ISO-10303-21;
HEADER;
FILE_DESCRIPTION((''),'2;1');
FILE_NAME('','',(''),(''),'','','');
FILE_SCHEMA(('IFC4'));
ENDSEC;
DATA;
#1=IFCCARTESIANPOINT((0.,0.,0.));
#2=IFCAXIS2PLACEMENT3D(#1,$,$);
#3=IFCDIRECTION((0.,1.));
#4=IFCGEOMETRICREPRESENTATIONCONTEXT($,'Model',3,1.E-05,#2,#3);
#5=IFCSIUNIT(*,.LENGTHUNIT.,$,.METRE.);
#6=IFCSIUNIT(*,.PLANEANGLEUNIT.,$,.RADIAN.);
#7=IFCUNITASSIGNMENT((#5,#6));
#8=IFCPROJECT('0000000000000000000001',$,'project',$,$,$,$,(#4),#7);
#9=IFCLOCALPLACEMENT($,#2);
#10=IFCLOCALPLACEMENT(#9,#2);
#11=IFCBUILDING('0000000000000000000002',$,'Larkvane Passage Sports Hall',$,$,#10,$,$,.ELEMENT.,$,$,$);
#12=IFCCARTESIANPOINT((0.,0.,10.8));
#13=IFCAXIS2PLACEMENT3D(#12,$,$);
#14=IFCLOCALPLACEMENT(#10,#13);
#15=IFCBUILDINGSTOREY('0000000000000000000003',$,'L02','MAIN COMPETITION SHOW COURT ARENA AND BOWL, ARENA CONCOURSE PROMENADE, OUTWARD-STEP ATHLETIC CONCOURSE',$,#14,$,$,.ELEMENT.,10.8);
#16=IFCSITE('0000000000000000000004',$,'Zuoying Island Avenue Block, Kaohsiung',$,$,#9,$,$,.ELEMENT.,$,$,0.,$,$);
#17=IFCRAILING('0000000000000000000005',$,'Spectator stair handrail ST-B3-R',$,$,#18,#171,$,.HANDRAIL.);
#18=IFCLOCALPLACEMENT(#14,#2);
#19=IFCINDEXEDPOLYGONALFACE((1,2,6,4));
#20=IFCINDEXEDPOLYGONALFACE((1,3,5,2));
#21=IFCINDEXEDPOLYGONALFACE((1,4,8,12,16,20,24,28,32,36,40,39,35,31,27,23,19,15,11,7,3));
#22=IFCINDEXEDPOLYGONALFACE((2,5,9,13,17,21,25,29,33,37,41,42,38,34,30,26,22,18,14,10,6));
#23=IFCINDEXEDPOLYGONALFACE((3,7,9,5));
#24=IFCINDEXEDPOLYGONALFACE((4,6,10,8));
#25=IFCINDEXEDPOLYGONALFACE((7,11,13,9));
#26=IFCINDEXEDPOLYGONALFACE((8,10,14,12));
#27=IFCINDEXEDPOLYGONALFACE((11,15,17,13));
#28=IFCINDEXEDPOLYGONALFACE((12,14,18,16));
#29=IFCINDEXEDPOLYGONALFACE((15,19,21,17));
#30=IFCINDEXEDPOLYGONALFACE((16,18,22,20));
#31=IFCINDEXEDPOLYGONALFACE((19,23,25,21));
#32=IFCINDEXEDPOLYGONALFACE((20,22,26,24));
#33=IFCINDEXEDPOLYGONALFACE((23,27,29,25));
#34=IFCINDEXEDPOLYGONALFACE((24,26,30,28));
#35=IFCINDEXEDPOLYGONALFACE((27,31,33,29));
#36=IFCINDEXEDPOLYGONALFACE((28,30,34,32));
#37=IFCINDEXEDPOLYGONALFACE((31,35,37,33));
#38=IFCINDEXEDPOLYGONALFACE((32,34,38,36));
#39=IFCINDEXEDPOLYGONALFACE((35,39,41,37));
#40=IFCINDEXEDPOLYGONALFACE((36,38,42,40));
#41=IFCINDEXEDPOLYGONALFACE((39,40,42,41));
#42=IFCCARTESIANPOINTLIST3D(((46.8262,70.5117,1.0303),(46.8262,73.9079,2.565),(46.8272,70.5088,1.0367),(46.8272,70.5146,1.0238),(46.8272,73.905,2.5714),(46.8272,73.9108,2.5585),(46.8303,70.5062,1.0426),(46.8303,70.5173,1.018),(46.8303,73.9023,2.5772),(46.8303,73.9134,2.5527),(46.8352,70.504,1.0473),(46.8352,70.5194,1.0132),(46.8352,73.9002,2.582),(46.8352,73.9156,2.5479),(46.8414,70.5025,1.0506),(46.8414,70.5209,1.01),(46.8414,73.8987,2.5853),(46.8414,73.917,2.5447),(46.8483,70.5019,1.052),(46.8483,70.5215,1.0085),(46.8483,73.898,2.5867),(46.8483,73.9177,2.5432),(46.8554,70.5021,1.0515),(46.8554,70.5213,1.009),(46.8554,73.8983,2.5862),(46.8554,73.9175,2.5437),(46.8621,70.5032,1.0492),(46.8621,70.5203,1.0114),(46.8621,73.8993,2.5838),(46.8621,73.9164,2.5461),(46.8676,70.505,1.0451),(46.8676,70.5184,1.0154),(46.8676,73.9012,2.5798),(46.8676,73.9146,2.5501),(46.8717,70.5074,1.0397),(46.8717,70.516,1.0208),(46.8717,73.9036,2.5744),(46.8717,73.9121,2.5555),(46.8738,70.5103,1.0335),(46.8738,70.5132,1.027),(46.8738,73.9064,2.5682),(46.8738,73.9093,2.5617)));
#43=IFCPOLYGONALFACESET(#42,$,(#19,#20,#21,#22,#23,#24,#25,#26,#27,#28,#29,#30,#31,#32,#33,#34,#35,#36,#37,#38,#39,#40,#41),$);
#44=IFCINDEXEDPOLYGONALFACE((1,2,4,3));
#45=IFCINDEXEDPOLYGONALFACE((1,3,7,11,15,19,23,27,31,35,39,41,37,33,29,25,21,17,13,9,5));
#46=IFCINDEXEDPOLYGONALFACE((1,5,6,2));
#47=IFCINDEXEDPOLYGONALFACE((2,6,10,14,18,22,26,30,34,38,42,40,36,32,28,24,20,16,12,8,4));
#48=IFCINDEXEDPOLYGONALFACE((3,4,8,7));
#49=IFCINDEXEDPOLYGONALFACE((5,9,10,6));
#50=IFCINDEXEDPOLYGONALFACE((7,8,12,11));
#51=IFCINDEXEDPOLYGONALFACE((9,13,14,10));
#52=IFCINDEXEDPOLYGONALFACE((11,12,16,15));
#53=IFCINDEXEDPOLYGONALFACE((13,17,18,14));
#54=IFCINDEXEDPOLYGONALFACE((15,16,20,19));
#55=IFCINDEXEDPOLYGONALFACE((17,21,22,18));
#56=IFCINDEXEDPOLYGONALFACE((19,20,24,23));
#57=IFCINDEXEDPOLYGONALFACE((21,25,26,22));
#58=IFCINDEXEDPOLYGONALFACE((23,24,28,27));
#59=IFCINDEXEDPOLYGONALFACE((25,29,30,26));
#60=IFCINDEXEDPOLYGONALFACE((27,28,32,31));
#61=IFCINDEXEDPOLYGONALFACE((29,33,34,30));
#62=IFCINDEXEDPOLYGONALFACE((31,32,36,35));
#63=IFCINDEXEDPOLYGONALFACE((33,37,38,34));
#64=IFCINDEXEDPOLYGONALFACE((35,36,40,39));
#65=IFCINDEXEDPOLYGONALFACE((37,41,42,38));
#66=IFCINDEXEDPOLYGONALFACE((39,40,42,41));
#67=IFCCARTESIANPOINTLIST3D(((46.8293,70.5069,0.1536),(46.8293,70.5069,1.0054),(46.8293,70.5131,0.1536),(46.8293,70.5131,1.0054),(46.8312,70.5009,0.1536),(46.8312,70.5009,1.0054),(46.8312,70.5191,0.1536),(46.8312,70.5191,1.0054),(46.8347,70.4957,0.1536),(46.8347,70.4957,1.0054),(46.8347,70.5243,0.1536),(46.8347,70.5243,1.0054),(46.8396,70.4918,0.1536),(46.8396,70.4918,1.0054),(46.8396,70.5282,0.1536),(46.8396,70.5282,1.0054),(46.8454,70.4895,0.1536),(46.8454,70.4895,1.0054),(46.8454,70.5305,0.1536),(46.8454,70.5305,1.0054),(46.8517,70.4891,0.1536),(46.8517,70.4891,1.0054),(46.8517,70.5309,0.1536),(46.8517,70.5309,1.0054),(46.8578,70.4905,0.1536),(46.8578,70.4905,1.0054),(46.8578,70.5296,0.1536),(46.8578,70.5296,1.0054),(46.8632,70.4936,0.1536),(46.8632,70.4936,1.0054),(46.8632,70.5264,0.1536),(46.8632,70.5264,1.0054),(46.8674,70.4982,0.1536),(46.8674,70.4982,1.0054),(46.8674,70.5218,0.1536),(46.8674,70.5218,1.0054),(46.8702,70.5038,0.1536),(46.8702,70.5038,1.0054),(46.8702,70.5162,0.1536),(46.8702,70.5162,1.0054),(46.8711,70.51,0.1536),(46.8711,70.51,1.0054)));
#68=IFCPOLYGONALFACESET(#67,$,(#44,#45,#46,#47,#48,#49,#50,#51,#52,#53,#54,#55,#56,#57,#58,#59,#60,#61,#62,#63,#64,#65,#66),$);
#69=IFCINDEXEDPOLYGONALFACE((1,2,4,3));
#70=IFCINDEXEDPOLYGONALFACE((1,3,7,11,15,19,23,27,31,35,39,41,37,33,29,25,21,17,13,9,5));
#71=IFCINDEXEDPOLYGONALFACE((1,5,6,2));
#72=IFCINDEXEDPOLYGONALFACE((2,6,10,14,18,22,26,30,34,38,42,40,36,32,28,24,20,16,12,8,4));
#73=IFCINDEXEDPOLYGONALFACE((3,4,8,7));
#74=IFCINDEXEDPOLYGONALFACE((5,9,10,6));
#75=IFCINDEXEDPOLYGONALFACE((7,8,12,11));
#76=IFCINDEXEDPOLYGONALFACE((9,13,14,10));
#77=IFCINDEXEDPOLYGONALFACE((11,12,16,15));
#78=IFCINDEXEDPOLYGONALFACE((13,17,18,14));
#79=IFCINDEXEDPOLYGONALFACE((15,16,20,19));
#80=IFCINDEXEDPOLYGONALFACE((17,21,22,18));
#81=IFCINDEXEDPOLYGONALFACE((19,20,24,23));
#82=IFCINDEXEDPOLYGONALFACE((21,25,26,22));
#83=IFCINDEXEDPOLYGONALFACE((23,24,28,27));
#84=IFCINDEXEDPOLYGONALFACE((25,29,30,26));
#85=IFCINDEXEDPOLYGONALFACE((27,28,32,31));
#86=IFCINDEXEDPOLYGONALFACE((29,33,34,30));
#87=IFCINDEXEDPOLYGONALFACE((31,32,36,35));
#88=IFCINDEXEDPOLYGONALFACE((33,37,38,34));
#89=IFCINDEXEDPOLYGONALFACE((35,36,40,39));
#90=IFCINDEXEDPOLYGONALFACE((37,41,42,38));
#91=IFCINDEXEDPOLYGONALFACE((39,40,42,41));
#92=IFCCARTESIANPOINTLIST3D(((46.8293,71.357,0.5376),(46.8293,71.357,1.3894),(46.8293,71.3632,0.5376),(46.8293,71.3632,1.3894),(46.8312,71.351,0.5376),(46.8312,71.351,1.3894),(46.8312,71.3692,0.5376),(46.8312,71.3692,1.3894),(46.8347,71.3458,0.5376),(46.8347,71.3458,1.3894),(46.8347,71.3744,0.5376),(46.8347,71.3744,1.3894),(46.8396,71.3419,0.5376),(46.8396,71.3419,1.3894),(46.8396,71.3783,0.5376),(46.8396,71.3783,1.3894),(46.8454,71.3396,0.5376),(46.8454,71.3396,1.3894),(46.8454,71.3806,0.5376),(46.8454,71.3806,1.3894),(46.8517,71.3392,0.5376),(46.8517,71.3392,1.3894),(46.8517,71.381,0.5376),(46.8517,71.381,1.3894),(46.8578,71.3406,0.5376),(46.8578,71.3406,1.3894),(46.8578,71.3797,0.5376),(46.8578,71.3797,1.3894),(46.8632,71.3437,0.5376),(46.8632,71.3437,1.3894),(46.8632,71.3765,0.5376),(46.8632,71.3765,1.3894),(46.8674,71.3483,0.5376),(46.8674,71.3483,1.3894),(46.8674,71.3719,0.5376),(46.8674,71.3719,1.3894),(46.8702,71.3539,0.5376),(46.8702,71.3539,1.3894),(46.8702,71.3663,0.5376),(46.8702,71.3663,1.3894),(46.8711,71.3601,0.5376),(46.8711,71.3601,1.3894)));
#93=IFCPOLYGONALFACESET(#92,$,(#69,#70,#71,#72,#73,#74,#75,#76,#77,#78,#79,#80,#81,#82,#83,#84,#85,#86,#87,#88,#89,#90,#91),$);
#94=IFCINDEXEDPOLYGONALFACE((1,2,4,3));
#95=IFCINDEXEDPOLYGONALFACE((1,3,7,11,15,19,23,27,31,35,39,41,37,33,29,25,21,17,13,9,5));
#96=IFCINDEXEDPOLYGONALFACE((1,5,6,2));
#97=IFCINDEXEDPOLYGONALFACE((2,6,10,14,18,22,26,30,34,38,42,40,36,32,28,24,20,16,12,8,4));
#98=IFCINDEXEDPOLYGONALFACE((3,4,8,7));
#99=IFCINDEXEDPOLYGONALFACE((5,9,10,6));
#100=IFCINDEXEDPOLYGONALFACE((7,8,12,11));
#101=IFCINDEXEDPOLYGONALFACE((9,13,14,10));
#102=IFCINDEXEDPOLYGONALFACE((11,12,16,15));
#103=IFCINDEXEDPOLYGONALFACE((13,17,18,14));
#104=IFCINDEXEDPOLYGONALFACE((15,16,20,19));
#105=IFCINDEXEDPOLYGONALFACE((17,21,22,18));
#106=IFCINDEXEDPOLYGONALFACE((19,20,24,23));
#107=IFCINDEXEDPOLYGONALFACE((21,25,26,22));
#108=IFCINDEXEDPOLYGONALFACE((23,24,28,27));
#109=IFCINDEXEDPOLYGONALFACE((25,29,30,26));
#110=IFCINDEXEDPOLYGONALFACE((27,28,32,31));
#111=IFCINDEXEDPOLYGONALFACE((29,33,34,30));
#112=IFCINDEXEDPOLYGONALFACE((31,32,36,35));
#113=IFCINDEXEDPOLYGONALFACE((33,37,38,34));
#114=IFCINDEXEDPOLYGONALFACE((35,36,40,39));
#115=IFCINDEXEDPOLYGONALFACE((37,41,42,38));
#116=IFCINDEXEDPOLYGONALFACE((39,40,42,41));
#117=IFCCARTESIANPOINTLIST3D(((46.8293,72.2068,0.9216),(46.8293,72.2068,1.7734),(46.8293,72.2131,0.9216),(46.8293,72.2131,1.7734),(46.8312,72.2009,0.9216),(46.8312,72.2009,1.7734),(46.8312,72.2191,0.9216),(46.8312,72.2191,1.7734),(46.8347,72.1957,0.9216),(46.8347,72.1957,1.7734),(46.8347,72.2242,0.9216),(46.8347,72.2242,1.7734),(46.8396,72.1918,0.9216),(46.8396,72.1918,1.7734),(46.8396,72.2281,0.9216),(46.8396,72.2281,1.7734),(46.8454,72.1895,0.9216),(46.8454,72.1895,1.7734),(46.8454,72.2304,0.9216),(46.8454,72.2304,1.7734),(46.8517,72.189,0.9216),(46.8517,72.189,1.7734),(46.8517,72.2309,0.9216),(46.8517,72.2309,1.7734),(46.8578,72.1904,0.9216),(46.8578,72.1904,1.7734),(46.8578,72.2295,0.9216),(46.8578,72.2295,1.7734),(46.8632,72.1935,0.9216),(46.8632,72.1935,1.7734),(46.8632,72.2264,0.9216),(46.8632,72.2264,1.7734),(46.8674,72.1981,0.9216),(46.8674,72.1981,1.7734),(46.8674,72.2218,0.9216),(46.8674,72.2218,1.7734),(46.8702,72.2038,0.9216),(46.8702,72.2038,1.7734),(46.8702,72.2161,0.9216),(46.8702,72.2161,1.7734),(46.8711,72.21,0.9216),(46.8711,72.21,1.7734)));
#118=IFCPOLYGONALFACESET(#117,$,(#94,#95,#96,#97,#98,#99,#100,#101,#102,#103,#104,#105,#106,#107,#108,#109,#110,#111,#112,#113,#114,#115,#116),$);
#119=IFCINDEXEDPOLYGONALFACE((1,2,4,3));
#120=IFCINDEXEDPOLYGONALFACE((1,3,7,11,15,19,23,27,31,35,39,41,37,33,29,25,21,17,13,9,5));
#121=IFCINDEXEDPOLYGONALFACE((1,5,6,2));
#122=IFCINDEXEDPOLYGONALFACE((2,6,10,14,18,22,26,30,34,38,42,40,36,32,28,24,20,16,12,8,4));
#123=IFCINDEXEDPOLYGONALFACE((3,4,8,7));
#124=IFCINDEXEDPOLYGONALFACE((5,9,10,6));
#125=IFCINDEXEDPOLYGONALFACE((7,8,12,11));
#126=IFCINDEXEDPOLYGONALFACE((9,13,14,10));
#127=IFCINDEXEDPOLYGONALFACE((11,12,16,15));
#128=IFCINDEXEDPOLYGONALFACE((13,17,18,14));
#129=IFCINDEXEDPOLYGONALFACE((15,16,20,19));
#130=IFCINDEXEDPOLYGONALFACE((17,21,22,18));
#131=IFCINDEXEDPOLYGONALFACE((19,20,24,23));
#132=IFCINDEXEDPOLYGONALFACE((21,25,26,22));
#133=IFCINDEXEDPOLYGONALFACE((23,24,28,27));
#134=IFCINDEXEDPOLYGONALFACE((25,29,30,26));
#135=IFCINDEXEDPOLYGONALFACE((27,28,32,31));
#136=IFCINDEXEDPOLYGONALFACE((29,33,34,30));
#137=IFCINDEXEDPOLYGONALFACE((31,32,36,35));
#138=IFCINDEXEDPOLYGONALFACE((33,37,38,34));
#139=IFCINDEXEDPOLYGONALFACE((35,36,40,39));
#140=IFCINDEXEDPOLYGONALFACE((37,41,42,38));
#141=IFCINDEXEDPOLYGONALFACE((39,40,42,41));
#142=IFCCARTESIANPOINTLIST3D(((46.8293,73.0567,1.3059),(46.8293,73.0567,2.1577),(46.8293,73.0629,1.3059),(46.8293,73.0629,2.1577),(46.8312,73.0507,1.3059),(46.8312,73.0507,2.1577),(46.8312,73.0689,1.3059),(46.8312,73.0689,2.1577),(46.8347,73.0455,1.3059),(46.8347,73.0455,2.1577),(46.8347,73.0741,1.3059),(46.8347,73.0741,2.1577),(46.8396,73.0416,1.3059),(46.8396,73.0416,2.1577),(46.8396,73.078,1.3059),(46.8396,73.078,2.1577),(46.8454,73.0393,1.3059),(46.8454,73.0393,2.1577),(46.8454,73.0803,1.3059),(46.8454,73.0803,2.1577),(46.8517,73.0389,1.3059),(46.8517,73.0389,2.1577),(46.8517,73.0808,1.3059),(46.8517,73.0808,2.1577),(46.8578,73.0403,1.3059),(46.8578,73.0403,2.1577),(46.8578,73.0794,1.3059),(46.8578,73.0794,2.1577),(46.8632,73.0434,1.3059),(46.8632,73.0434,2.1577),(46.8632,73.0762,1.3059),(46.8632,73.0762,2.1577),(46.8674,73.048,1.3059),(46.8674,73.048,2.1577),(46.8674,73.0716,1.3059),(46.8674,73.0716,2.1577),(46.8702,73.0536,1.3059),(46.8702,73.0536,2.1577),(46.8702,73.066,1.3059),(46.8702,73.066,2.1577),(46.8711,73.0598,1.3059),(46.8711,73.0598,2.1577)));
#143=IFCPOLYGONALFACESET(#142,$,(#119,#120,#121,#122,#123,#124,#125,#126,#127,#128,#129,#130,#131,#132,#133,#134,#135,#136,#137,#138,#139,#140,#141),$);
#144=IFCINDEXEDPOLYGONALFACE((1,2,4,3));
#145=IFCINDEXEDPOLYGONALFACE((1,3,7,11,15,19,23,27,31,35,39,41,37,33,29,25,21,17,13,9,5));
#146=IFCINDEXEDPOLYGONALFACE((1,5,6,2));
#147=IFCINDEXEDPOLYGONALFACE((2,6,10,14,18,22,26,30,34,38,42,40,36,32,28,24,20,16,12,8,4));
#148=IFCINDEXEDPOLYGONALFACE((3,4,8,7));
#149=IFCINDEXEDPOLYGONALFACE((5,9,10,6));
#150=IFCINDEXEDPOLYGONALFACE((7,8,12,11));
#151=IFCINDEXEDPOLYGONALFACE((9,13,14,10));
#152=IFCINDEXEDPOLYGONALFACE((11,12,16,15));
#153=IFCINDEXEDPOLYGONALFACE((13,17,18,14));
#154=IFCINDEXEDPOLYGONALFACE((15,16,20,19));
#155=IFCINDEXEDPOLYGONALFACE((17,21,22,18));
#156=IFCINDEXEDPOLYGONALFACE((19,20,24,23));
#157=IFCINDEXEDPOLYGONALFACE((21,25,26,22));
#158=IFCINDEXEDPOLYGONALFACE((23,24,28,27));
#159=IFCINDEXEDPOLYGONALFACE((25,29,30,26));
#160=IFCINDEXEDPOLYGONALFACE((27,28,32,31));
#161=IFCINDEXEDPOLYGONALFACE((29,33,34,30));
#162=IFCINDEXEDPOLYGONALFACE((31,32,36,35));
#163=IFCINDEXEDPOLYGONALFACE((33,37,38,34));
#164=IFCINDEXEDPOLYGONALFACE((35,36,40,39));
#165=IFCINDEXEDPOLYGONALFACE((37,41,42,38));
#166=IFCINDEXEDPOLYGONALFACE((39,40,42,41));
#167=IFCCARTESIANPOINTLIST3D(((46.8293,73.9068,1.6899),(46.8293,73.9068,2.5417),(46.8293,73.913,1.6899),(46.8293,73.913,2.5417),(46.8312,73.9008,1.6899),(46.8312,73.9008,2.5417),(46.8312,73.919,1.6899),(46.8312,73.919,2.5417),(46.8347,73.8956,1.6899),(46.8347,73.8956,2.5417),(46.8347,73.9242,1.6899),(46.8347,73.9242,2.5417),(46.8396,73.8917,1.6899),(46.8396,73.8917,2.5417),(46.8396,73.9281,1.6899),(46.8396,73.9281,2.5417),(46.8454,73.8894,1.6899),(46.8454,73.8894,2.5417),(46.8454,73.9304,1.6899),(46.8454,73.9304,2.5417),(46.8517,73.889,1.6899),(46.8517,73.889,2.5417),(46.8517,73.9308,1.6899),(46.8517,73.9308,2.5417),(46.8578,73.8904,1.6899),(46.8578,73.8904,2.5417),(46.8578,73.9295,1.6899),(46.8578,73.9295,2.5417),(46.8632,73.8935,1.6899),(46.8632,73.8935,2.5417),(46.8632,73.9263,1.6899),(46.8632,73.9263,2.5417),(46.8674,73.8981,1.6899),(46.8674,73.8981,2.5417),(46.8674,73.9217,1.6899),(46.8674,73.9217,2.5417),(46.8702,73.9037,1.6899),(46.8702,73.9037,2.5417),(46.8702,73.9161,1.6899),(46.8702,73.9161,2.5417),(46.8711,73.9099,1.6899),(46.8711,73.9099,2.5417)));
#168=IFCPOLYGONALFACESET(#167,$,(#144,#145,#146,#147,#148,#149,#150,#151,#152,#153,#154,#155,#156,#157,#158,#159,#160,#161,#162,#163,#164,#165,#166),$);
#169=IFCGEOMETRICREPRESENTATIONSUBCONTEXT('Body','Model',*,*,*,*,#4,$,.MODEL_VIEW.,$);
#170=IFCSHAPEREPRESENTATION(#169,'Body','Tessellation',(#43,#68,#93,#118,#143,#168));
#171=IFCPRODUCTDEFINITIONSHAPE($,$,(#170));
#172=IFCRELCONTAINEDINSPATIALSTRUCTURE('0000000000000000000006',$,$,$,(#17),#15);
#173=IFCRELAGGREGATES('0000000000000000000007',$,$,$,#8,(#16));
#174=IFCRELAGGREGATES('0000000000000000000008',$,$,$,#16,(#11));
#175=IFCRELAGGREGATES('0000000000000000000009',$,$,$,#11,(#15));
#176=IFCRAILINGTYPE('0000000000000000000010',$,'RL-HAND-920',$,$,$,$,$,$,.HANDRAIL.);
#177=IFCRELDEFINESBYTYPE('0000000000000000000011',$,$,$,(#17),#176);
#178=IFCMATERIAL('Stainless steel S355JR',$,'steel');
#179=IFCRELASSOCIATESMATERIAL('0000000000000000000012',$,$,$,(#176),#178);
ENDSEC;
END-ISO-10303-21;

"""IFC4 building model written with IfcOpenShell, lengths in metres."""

from ifc_helpers import new_model, si_unit, direction, frame, origin, origin_2d, place, context, subcontext, project, spatial, circle, extrude, material, type_object, element, save


model = new_model("IFC4")

# Units and contexts
model_context = context("Model", 3, precision=1e-05, world=origin(), true_north=direction((0.0, 1.0)))
body_context = subcontext(model_context, "Body", "Model", "MODEL_VIEW")
ifc_project = project(units=[si_unit("LENGTHUNIT", "METRE"), si_unit("PLANEANGLEUNIT", "RADIAN")], contexts=[model_context])

# Site, building, storey
site_placement = place(None, origin())
site = spatial("IfcSite", under=ifc_project, at=site_placement, Name="Zuoying Island Avenue Block, Kaohsiung", CompositionType="ELEMENT", RefElevation=0.0)
building_placement = place(site_placement, origin())
building = spatial("IfcBuilding", under=site, at=building_placement, Name="Larkvane Passage Sports Hall", CompositionType="ELEMENT")
storey_placement = place(building_placement, frame((0.0, 0.0, 10.8)))
storey = spatial("IfcBuildingStorey", under=building, at=storey_placement, Name="L02", Description="MAIN COMPETITION SHOW COURT ARENA AND BOWL, ARENA CONCOURSE PROMENADE, OUTWARD-STEP ATHLETIC CONCOURSE", CompositionType="ELEMENT", Elevation=10.8)

# Railing
ifc_material_1 = material(Name="Stainless steel S355JR", Category="steel")
railing_type = type_object("IfcRailingType", Name="RL-HAND-920", PredefinedType="HANDRAIL", material=ifc_material_1)
for number, where, name in (
    (1, (46.8501, 70.51, 0.1536), "Spectator stair handrail ST-B3-R"),
):
    element("IfcRailing", number, at=place(storey_placement, frame(where)), inside=storey, type_object=railing_type, Name=name, PredefinedType="HANDRAIL", context=body_context, shape_type="SweptSolid", body=[
        extrude(circle(Radius=0.0239, at=origin_2d()), frame((0.0, 0.0017, 0.8767), z_axis=(0.0, 0.911276, 0.411795), x_axis=(-1.0, 0.0, 0.0)), (0.0, 0.0, 1.0), 3.7268),
        extrude(circle(Radius=0.021, at=origin_2d()), origin(), (0.0, 0.0, 1.0), 0.8518),
        extrude(circle(Radius=0.021, at=origin_2d()), frame((0.0, 0.8501, 0.384)), (0.0, 0.0, 1.0), 0.8518),
        extrude(circle(Radius=0.021, at=origin_2d()), frame((0.0, 1.7, 0.7681)), (0.0, 0.0, 1.0), 0.8518),
        extrude(circle(Radius=0.021, at=origin_2d()), frame((0.0, 2.5498, 1.1523)), (0.0, 0.0, 1.0), 0.8518),
        extrude(circle(Radius=0.021, at=origin_2d()), frame((0.0, 3.3999, 1.5364)), (0.0, 0.0, 1.0), 0.8518),
    ])

save(model, "model.ifc")
